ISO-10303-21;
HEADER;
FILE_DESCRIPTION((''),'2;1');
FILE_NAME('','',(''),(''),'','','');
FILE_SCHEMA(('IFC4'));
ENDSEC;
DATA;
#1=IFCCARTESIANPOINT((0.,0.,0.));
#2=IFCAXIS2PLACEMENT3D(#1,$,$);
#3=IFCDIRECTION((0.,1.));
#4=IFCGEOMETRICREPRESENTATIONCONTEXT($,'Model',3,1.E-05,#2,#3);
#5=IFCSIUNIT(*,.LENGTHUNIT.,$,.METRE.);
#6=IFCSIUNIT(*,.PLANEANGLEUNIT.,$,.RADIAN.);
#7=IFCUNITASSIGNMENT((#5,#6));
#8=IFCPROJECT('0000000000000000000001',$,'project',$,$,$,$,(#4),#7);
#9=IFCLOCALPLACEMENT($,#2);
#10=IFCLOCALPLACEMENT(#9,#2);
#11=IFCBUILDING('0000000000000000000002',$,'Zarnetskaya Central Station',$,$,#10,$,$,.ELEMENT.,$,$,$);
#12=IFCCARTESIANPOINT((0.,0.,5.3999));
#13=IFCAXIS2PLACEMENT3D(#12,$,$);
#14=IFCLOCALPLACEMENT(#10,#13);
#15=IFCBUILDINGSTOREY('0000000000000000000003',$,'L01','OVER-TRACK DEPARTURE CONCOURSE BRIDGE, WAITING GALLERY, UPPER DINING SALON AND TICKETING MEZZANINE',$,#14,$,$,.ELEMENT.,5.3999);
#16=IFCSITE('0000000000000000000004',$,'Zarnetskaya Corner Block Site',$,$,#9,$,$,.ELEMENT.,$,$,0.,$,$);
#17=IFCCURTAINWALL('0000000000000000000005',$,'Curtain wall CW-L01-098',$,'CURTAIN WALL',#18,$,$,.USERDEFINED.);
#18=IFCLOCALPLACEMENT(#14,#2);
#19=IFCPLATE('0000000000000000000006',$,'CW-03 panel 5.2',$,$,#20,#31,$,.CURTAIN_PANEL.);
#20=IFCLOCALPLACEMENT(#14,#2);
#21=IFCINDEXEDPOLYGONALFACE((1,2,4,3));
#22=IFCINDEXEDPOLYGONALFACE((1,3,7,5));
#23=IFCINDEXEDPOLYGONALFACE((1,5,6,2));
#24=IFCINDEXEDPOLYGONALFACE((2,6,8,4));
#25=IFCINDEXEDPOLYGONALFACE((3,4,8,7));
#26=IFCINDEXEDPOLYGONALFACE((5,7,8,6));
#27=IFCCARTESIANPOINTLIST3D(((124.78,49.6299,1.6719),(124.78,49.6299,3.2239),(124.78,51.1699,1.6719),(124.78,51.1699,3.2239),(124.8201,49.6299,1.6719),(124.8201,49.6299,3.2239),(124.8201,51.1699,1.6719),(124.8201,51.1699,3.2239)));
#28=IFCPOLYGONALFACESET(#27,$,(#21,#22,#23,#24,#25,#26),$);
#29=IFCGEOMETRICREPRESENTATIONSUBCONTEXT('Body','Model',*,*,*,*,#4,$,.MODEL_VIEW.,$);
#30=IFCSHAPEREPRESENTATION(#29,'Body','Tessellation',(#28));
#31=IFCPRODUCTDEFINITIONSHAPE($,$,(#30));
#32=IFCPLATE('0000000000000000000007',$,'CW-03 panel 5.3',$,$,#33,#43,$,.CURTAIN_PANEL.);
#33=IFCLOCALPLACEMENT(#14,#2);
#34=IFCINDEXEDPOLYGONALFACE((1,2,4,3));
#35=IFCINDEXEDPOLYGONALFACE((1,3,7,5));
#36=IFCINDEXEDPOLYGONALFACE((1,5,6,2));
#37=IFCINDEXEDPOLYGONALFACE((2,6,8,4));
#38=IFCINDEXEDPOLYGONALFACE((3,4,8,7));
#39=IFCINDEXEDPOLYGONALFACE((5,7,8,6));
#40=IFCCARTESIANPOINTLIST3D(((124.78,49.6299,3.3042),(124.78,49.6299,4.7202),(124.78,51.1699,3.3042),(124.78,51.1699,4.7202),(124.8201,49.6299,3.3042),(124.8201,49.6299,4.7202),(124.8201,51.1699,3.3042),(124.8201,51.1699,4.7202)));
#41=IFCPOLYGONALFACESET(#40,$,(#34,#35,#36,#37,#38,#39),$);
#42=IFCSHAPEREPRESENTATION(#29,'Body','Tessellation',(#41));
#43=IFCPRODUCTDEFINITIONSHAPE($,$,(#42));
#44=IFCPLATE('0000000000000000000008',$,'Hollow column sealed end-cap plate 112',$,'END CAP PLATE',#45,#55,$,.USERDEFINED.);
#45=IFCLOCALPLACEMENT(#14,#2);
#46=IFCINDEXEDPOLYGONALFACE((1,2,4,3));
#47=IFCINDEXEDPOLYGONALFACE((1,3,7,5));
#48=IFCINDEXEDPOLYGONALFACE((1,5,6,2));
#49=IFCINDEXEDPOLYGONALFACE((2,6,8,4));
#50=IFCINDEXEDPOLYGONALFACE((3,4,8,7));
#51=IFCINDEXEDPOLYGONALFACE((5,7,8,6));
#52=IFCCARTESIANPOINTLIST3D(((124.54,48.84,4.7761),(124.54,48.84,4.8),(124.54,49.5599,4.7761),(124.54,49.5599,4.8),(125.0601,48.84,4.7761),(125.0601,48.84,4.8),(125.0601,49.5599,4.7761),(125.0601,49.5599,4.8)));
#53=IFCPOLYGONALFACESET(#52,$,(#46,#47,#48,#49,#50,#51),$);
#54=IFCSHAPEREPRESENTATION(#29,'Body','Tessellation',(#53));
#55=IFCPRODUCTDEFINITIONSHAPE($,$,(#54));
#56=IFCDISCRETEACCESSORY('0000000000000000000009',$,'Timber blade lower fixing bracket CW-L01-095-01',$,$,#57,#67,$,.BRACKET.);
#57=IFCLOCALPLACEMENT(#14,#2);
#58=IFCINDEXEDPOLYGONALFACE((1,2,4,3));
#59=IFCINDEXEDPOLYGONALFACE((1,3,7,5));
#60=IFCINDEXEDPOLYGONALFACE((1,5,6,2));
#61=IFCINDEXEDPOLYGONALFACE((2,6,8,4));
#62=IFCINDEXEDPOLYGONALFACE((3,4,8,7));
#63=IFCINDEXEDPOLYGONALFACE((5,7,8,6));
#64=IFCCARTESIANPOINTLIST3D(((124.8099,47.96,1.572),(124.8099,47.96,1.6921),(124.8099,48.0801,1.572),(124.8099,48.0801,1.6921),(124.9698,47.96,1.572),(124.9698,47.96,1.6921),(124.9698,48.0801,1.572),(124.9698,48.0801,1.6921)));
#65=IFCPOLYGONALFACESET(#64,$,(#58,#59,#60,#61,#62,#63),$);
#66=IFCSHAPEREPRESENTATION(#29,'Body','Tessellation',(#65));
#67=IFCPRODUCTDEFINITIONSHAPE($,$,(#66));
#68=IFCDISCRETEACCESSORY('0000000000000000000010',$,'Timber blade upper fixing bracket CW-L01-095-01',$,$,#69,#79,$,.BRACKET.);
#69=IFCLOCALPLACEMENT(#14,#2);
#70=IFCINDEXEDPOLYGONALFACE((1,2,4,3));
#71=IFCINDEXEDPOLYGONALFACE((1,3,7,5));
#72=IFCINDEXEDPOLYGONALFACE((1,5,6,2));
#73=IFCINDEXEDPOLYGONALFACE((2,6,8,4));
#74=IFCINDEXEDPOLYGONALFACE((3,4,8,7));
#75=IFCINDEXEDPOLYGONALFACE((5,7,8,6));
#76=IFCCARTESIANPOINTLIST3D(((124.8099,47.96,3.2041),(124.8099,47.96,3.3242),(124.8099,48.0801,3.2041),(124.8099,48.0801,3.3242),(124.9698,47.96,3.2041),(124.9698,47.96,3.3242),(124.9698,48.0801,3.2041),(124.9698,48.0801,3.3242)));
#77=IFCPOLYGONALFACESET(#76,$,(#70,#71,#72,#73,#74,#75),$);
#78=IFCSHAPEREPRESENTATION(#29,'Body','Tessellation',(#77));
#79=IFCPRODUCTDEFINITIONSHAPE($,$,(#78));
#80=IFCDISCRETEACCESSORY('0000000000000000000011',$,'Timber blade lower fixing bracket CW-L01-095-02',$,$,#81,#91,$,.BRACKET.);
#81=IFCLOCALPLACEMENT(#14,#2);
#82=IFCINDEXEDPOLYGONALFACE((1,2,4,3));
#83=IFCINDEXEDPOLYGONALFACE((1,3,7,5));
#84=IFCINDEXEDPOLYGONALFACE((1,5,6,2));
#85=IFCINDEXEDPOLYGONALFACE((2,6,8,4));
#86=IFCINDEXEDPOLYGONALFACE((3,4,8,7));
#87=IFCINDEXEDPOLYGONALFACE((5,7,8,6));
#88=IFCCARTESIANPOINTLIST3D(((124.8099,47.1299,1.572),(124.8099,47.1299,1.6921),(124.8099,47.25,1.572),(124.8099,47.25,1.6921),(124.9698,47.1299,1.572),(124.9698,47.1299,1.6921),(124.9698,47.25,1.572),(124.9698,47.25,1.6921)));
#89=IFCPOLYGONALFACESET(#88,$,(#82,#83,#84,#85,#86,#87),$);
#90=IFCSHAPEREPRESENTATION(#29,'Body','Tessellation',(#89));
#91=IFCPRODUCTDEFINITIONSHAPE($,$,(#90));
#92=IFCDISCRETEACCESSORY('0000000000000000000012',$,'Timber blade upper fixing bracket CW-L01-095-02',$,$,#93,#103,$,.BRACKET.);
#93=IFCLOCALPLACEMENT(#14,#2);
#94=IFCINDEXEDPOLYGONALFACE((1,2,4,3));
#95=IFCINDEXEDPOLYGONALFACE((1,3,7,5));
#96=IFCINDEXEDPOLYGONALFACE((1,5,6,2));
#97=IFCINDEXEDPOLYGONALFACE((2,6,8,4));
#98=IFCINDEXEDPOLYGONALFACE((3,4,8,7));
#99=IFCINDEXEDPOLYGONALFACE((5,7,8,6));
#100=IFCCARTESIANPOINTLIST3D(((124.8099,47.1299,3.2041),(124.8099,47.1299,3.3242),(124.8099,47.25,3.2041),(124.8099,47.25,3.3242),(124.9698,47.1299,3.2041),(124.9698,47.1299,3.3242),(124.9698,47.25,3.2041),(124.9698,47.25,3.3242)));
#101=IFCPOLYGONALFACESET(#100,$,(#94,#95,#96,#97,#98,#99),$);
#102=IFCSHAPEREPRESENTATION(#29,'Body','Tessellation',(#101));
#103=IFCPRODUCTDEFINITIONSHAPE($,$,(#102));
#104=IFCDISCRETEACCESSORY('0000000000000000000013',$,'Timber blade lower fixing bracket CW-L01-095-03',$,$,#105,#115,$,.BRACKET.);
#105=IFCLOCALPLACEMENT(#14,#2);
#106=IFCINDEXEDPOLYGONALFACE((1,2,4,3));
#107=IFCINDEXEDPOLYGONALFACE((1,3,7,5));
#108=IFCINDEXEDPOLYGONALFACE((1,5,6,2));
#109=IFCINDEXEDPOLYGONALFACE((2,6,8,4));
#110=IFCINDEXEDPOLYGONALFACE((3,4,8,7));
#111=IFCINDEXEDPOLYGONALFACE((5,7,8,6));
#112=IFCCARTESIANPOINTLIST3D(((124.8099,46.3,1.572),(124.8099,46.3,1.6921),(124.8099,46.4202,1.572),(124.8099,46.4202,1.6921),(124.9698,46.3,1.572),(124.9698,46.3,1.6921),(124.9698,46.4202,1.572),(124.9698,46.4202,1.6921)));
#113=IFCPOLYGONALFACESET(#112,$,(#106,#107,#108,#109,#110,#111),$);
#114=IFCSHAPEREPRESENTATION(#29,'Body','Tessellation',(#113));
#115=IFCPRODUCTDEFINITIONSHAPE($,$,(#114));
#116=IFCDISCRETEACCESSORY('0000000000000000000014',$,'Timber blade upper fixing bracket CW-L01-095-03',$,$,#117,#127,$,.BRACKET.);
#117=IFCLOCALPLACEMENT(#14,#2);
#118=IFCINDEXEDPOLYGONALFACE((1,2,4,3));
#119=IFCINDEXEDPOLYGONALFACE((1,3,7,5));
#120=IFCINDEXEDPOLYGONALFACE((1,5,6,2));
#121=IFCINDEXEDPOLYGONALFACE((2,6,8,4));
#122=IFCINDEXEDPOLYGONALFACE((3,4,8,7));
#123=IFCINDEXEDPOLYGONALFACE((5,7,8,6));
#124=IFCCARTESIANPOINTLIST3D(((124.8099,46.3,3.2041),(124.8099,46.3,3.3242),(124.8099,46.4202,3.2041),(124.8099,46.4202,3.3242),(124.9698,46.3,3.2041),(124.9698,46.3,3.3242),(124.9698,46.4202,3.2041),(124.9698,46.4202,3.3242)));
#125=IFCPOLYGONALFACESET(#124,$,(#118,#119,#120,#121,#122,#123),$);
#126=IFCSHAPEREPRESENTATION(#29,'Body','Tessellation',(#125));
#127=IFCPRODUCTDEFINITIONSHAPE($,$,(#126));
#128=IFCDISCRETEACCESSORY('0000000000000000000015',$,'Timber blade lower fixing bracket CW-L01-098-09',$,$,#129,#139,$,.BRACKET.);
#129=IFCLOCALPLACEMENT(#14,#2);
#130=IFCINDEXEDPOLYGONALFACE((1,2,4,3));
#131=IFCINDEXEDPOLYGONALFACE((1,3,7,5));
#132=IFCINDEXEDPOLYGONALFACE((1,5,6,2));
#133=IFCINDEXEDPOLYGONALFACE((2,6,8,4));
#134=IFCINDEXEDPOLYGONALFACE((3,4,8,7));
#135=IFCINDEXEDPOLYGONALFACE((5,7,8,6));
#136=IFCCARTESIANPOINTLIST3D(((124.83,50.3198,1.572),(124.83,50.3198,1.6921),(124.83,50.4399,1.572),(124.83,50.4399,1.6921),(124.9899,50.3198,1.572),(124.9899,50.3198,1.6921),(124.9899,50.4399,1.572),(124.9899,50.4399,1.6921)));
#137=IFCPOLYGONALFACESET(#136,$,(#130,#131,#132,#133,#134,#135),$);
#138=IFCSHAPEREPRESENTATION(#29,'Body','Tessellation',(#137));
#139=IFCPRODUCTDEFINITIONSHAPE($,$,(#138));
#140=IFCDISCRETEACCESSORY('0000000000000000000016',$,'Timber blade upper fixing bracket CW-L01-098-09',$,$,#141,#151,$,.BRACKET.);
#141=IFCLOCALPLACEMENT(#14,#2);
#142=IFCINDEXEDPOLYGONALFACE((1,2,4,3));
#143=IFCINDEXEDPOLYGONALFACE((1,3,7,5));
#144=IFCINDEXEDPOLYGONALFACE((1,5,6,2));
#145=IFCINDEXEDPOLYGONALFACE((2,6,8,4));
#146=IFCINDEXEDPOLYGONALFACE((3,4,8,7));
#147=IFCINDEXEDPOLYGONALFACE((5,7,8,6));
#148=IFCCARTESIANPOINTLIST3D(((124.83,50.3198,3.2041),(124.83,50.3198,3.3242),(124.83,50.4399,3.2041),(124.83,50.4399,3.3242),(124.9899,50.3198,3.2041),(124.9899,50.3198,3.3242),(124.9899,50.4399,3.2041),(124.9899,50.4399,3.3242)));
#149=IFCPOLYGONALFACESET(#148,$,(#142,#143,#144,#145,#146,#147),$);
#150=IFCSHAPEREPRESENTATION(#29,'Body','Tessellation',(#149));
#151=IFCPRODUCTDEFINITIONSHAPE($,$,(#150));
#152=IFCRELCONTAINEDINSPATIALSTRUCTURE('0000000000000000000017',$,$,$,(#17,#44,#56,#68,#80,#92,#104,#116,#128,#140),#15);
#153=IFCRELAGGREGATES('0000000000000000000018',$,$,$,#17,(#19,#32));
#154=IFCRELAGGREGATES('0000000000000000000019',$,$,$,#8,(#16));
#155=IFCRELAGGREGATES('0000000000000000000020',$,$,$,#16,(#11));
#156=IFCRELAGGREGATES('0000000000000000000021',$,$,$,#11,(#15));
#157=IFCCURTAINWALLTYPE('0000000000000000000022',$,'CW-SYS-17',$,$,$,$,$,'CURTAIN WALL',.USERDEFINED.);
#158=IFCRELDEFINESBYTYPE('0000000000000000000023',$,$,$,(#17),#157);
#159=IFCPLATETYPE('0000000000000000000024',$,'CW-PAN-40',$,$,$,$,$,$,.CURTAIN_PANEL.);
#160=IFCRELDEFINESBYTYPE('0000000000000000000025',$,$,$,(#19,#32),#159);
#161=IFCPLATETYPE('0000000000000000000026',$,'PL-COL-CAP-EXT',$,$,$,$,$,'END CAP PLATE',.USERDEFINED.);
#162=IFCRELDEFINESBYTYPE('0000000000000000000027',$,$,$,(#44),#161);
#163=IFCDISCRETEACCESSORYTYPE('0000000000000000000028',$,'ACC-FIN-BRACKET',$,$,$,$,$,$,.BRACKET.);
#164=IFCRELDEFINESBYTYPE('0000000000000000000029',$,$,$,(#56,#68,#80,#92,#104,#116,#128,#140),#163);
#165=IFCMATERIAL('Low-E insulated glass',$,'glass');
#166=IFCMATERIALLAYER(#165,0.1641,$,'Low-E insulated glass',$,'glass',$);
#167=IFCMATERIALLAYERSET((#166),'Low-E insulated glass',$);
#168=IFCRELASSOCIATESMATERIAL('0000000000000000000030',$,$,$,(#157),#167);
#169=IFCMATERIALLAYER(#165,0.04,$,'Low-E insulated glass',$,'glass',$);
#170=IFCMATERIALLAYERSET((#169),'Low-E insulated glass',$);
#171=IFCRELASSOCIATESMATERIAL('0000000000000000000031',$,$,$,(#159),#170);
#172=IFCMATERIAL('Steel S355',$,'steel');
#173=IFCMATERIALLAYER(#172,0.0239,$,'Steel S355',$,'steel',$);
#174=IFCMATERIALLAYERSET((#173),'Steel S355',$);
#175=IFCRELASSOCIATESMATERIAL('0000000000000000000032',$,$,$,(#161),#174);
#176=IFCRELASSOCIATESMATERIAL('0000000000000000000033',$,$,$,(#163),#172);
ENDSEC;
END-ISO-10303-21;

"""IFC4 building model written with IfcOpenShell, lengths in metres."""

from ifc_helpers import new_model, si_unit, direction, frame, origin, origin_2d, place, context, subcontext, project, spatial, rectangle, extrude, material, layer, layer_set, type_object, element, aggregate, save


model = new_model("IFC4")

# Units and contexts
model_context = context("Model", 3, precision=1e-05, world=origin(), true_north=direction((0.0, 1.0)))
body_context = subcontext(model_context, "Body", "Model", "MODEL_VIEW")
ifc_project = project(units=[si_unit("LENGTHUNIT", "METRE"), si_unit("PLANEANGLEUNIT", "RADIAN")], contexts=[model_context])

# Site, building, storey
site_placement = place(None, origin())
site = spatial("IfcSite", under=ifc_project, at=site_placement, Name="Zarnetskaya Corner Block Site", CompositionType="ELEMENT", RefElevation=0.0)
building_placement = place(site_placement, origin())
building = spatial("IfcBuilding", under=site, at=building_placement, Name="Zarnetskaya Central Station", CompositionType="ELEMENT")
storey_placement = place(building_placement, frame((0.0, 0.0, 5.3999)))
storey = spatial("IfcBuildingStorey", under=building, at=storey_placement, Name="L01", Description="OVER-TRACK DEPARTURE CONCOURSE BRIDGE, WAITING GALLERY, UPPER DINING SALON AND TICKETING MEZZANINE", CompositionType="ELEMENT", Elevation=5.3999)

# Shared definitions
ifc_material_1 = material(Name="Steel S355", Category="steel")

# Shared definitions
ifc_material_2 = material(Name="Low-E insulated glass", Category="glass")
ifc_layer_1 = layer(ifc_material_2, 0.1641, Name="Low-E insulated glass", Category="glass")
ifc_layer_set_1 = layer_set([ifc_layer_1], Name="Low-E insulated glass")
curtain_wall_type = type_object("IfcCurtainWallType", Name="CW-SYS-17", ElementType="CURTAIN WALL", PredefinedType="USERDEFINED", material=ifc_layer_set_1)

# Curtain wall
curtain_wall_1_placement = place(storey_placement, origin())
curtain_wall_1 = element("IfcCurtainWall", 1, at=curtain_wall_1_placement, inside=storey, type_object=curtain_wall_type, Name="Curtain wall CW-L01-098", ObjectType="CURTAIN WALL", PredefinedType="USERDEFINED")

# Plates
ifc_layer_2 = layer(ifc_material_2, 0.04, Name="Low-E insulated glass", Category="glass")
ifc_layer_set_2 = layer_set([ifc_layer_2], Name="Low-E insulated glass")
plate_type_1 = type_object("IfcPlateType", Name="CW-PAN-40", PredefinedType="CURTAIN_PANEL", material=ifc_layer_set_2)
plate_1_placement = place(storey_placement, frame((124.8, 50.3999, 1.6719), z_axis=(0.0, 0.0, 1.0), x_axis=(0.0, -1.0, 0.0)))
plate_1 = element("IfcPlate", 2, at=plate_1_placement, type_object=plate_type_1, Name="CW-03 panel 5.2", PredefinedType="CURTAIN_PANEL", context=body_context, shape_type="SweptSolid", body=[
    extrude(rectangle(XDim=1.54, YDim=0.04, at=origin_2d()), origin(), (0.0, 0.0, 1.0), 1.552),
])
plate_2_placement = place(storey_placement, frame((124.8, 50.3999, 3.3042), z_axis=(0.0, 0.0, 1.0), x_axis=(0.0, -1.0, 0.0)))
plate_2 = element("IfcPlate", 3, at=plate_2_placement, type_object=plate_type_1, Name="CW-03 panel 5.3", PredefinedType="CURTAIN_PANEL", context=body_context, shape_type="SweptSolid", body=[
    extrude(rectangle(XDim=1.54, YDim=0.04, at=origin_2d()), origin(), (0.0, 0.0, 1.0), 1.416),
])
aggregate(curtain_wall_1, [plate_1, plate_2])
ifc_layer_3 = layer(ifc_material_1, 0.0239, Name="Steel S355", Category="steel")
ifc_layer_set_3 = layer_set([ifc_layer_3], Name="Steel S355")
plate_type_2 = type_object("IfcPlateType", Name="PL-COL-CAP-EXT", ElementType="END CAP PLATE", PredefinedType="USERDEFINED", material=ifc_layer_set_3)
plate_3_placement = place(storey_placement, frame((124.8, 49.2, 4.7761), z_axis=(0.0, 0.0, 1.0), x_axis=(1.0, 0.0, 0.0)))
element("IfcPlate", 4, at=plate_3_placement, inside=storey, type_object=plate_type_2, Name="Hollow column sealed end-cap plate 112", ObjectType="END CAP PLATE", PredefinedType="USERDEFINED", context=body_context, shape_type="SweptSolid", body=[
    extrude(rectangle(XDim=0.52, YDim=0.72, at=origin_2d()), origin(), (0.0, 0.0, 1.0), 0.0239),
])

# Discrete accessories
discrete_accessory_type = type_object("IfcDiscreteAccessoryType", Name="ACC-FIN-BRACKET", PredefinedType="BRACKET", material=ifc_material_1)
for number, where, z_axis, x_axis, name in (
    (5, (124.8899, 48.02, 1.572), (0.0, 0.0, 1.0), (0.0, -1.0, 0.0), "Timber blade lower fixing bracket CW-L01-095-01"),
    (6, (124.8899, 48.02, 3.2041), (0.0, 0.0, 1.0), (0.0, -1.0, 0.0), "Timber blade upper fixing bracket CW-L01-095-01"),
    (7, (124.8899, 47.1899, 1.572), (0.0, 0.0, 1.0), (0.0, -1.0, 0.0), "Timber blade lower fixing bracket CW-L01-095-02"),
    (8, (124.8899, 47.1899, 3.2041), (0.0, 0.0, 1.0), (0.0, -1.0, 0.0), "Timber blade upper fixing bracket CW-L01-095-02"),
    (9, (124.8899, 46.3601, 1.572), (0.0, 0.0, 1.0), (0.0, -1.0, 0.0), "Timber blade lower fixing bracket CW-L01-095-03"),
    (10, (124.8899, 46.3601, 3.2041), (0.0, 0.0, 1.0), (0.0, -1.0, 0.0), "Timber blade upper fixing bracket CW-L01-095-03"),
    (11, (124.9099, 50.3799, 1.572), (0.0, 0.0, 1.0), (0.0, -1.0, 0.0), "Timber blade lower fixing bracket CW-L01-098-09"),
    (12, (124.9099, 50.3799, 3.2041), (0.0, 0.0, 1.0), (0.0, -1.0, 0.0), "Timber blade upper fixing bracket CW-L01-098-09"),
):
    element("IfcDiscreteAccessory", number, at=place(storey_placement, frame(where, z_axis=z_axis, x_axis=x_axis)), inside=storey, type_object=discrete_accessory_type, Name=name, PredefinedType="BRACKET", context=body_context, shape_type="SweptSolid", body=[
        extrude(rectangle(XDim=0.1201, YDim=0.1599, at=origin_2d()), origin(), (0.0, 0.0, 1.0), 0.1201),
    ])

save(model, "model.ifc")
